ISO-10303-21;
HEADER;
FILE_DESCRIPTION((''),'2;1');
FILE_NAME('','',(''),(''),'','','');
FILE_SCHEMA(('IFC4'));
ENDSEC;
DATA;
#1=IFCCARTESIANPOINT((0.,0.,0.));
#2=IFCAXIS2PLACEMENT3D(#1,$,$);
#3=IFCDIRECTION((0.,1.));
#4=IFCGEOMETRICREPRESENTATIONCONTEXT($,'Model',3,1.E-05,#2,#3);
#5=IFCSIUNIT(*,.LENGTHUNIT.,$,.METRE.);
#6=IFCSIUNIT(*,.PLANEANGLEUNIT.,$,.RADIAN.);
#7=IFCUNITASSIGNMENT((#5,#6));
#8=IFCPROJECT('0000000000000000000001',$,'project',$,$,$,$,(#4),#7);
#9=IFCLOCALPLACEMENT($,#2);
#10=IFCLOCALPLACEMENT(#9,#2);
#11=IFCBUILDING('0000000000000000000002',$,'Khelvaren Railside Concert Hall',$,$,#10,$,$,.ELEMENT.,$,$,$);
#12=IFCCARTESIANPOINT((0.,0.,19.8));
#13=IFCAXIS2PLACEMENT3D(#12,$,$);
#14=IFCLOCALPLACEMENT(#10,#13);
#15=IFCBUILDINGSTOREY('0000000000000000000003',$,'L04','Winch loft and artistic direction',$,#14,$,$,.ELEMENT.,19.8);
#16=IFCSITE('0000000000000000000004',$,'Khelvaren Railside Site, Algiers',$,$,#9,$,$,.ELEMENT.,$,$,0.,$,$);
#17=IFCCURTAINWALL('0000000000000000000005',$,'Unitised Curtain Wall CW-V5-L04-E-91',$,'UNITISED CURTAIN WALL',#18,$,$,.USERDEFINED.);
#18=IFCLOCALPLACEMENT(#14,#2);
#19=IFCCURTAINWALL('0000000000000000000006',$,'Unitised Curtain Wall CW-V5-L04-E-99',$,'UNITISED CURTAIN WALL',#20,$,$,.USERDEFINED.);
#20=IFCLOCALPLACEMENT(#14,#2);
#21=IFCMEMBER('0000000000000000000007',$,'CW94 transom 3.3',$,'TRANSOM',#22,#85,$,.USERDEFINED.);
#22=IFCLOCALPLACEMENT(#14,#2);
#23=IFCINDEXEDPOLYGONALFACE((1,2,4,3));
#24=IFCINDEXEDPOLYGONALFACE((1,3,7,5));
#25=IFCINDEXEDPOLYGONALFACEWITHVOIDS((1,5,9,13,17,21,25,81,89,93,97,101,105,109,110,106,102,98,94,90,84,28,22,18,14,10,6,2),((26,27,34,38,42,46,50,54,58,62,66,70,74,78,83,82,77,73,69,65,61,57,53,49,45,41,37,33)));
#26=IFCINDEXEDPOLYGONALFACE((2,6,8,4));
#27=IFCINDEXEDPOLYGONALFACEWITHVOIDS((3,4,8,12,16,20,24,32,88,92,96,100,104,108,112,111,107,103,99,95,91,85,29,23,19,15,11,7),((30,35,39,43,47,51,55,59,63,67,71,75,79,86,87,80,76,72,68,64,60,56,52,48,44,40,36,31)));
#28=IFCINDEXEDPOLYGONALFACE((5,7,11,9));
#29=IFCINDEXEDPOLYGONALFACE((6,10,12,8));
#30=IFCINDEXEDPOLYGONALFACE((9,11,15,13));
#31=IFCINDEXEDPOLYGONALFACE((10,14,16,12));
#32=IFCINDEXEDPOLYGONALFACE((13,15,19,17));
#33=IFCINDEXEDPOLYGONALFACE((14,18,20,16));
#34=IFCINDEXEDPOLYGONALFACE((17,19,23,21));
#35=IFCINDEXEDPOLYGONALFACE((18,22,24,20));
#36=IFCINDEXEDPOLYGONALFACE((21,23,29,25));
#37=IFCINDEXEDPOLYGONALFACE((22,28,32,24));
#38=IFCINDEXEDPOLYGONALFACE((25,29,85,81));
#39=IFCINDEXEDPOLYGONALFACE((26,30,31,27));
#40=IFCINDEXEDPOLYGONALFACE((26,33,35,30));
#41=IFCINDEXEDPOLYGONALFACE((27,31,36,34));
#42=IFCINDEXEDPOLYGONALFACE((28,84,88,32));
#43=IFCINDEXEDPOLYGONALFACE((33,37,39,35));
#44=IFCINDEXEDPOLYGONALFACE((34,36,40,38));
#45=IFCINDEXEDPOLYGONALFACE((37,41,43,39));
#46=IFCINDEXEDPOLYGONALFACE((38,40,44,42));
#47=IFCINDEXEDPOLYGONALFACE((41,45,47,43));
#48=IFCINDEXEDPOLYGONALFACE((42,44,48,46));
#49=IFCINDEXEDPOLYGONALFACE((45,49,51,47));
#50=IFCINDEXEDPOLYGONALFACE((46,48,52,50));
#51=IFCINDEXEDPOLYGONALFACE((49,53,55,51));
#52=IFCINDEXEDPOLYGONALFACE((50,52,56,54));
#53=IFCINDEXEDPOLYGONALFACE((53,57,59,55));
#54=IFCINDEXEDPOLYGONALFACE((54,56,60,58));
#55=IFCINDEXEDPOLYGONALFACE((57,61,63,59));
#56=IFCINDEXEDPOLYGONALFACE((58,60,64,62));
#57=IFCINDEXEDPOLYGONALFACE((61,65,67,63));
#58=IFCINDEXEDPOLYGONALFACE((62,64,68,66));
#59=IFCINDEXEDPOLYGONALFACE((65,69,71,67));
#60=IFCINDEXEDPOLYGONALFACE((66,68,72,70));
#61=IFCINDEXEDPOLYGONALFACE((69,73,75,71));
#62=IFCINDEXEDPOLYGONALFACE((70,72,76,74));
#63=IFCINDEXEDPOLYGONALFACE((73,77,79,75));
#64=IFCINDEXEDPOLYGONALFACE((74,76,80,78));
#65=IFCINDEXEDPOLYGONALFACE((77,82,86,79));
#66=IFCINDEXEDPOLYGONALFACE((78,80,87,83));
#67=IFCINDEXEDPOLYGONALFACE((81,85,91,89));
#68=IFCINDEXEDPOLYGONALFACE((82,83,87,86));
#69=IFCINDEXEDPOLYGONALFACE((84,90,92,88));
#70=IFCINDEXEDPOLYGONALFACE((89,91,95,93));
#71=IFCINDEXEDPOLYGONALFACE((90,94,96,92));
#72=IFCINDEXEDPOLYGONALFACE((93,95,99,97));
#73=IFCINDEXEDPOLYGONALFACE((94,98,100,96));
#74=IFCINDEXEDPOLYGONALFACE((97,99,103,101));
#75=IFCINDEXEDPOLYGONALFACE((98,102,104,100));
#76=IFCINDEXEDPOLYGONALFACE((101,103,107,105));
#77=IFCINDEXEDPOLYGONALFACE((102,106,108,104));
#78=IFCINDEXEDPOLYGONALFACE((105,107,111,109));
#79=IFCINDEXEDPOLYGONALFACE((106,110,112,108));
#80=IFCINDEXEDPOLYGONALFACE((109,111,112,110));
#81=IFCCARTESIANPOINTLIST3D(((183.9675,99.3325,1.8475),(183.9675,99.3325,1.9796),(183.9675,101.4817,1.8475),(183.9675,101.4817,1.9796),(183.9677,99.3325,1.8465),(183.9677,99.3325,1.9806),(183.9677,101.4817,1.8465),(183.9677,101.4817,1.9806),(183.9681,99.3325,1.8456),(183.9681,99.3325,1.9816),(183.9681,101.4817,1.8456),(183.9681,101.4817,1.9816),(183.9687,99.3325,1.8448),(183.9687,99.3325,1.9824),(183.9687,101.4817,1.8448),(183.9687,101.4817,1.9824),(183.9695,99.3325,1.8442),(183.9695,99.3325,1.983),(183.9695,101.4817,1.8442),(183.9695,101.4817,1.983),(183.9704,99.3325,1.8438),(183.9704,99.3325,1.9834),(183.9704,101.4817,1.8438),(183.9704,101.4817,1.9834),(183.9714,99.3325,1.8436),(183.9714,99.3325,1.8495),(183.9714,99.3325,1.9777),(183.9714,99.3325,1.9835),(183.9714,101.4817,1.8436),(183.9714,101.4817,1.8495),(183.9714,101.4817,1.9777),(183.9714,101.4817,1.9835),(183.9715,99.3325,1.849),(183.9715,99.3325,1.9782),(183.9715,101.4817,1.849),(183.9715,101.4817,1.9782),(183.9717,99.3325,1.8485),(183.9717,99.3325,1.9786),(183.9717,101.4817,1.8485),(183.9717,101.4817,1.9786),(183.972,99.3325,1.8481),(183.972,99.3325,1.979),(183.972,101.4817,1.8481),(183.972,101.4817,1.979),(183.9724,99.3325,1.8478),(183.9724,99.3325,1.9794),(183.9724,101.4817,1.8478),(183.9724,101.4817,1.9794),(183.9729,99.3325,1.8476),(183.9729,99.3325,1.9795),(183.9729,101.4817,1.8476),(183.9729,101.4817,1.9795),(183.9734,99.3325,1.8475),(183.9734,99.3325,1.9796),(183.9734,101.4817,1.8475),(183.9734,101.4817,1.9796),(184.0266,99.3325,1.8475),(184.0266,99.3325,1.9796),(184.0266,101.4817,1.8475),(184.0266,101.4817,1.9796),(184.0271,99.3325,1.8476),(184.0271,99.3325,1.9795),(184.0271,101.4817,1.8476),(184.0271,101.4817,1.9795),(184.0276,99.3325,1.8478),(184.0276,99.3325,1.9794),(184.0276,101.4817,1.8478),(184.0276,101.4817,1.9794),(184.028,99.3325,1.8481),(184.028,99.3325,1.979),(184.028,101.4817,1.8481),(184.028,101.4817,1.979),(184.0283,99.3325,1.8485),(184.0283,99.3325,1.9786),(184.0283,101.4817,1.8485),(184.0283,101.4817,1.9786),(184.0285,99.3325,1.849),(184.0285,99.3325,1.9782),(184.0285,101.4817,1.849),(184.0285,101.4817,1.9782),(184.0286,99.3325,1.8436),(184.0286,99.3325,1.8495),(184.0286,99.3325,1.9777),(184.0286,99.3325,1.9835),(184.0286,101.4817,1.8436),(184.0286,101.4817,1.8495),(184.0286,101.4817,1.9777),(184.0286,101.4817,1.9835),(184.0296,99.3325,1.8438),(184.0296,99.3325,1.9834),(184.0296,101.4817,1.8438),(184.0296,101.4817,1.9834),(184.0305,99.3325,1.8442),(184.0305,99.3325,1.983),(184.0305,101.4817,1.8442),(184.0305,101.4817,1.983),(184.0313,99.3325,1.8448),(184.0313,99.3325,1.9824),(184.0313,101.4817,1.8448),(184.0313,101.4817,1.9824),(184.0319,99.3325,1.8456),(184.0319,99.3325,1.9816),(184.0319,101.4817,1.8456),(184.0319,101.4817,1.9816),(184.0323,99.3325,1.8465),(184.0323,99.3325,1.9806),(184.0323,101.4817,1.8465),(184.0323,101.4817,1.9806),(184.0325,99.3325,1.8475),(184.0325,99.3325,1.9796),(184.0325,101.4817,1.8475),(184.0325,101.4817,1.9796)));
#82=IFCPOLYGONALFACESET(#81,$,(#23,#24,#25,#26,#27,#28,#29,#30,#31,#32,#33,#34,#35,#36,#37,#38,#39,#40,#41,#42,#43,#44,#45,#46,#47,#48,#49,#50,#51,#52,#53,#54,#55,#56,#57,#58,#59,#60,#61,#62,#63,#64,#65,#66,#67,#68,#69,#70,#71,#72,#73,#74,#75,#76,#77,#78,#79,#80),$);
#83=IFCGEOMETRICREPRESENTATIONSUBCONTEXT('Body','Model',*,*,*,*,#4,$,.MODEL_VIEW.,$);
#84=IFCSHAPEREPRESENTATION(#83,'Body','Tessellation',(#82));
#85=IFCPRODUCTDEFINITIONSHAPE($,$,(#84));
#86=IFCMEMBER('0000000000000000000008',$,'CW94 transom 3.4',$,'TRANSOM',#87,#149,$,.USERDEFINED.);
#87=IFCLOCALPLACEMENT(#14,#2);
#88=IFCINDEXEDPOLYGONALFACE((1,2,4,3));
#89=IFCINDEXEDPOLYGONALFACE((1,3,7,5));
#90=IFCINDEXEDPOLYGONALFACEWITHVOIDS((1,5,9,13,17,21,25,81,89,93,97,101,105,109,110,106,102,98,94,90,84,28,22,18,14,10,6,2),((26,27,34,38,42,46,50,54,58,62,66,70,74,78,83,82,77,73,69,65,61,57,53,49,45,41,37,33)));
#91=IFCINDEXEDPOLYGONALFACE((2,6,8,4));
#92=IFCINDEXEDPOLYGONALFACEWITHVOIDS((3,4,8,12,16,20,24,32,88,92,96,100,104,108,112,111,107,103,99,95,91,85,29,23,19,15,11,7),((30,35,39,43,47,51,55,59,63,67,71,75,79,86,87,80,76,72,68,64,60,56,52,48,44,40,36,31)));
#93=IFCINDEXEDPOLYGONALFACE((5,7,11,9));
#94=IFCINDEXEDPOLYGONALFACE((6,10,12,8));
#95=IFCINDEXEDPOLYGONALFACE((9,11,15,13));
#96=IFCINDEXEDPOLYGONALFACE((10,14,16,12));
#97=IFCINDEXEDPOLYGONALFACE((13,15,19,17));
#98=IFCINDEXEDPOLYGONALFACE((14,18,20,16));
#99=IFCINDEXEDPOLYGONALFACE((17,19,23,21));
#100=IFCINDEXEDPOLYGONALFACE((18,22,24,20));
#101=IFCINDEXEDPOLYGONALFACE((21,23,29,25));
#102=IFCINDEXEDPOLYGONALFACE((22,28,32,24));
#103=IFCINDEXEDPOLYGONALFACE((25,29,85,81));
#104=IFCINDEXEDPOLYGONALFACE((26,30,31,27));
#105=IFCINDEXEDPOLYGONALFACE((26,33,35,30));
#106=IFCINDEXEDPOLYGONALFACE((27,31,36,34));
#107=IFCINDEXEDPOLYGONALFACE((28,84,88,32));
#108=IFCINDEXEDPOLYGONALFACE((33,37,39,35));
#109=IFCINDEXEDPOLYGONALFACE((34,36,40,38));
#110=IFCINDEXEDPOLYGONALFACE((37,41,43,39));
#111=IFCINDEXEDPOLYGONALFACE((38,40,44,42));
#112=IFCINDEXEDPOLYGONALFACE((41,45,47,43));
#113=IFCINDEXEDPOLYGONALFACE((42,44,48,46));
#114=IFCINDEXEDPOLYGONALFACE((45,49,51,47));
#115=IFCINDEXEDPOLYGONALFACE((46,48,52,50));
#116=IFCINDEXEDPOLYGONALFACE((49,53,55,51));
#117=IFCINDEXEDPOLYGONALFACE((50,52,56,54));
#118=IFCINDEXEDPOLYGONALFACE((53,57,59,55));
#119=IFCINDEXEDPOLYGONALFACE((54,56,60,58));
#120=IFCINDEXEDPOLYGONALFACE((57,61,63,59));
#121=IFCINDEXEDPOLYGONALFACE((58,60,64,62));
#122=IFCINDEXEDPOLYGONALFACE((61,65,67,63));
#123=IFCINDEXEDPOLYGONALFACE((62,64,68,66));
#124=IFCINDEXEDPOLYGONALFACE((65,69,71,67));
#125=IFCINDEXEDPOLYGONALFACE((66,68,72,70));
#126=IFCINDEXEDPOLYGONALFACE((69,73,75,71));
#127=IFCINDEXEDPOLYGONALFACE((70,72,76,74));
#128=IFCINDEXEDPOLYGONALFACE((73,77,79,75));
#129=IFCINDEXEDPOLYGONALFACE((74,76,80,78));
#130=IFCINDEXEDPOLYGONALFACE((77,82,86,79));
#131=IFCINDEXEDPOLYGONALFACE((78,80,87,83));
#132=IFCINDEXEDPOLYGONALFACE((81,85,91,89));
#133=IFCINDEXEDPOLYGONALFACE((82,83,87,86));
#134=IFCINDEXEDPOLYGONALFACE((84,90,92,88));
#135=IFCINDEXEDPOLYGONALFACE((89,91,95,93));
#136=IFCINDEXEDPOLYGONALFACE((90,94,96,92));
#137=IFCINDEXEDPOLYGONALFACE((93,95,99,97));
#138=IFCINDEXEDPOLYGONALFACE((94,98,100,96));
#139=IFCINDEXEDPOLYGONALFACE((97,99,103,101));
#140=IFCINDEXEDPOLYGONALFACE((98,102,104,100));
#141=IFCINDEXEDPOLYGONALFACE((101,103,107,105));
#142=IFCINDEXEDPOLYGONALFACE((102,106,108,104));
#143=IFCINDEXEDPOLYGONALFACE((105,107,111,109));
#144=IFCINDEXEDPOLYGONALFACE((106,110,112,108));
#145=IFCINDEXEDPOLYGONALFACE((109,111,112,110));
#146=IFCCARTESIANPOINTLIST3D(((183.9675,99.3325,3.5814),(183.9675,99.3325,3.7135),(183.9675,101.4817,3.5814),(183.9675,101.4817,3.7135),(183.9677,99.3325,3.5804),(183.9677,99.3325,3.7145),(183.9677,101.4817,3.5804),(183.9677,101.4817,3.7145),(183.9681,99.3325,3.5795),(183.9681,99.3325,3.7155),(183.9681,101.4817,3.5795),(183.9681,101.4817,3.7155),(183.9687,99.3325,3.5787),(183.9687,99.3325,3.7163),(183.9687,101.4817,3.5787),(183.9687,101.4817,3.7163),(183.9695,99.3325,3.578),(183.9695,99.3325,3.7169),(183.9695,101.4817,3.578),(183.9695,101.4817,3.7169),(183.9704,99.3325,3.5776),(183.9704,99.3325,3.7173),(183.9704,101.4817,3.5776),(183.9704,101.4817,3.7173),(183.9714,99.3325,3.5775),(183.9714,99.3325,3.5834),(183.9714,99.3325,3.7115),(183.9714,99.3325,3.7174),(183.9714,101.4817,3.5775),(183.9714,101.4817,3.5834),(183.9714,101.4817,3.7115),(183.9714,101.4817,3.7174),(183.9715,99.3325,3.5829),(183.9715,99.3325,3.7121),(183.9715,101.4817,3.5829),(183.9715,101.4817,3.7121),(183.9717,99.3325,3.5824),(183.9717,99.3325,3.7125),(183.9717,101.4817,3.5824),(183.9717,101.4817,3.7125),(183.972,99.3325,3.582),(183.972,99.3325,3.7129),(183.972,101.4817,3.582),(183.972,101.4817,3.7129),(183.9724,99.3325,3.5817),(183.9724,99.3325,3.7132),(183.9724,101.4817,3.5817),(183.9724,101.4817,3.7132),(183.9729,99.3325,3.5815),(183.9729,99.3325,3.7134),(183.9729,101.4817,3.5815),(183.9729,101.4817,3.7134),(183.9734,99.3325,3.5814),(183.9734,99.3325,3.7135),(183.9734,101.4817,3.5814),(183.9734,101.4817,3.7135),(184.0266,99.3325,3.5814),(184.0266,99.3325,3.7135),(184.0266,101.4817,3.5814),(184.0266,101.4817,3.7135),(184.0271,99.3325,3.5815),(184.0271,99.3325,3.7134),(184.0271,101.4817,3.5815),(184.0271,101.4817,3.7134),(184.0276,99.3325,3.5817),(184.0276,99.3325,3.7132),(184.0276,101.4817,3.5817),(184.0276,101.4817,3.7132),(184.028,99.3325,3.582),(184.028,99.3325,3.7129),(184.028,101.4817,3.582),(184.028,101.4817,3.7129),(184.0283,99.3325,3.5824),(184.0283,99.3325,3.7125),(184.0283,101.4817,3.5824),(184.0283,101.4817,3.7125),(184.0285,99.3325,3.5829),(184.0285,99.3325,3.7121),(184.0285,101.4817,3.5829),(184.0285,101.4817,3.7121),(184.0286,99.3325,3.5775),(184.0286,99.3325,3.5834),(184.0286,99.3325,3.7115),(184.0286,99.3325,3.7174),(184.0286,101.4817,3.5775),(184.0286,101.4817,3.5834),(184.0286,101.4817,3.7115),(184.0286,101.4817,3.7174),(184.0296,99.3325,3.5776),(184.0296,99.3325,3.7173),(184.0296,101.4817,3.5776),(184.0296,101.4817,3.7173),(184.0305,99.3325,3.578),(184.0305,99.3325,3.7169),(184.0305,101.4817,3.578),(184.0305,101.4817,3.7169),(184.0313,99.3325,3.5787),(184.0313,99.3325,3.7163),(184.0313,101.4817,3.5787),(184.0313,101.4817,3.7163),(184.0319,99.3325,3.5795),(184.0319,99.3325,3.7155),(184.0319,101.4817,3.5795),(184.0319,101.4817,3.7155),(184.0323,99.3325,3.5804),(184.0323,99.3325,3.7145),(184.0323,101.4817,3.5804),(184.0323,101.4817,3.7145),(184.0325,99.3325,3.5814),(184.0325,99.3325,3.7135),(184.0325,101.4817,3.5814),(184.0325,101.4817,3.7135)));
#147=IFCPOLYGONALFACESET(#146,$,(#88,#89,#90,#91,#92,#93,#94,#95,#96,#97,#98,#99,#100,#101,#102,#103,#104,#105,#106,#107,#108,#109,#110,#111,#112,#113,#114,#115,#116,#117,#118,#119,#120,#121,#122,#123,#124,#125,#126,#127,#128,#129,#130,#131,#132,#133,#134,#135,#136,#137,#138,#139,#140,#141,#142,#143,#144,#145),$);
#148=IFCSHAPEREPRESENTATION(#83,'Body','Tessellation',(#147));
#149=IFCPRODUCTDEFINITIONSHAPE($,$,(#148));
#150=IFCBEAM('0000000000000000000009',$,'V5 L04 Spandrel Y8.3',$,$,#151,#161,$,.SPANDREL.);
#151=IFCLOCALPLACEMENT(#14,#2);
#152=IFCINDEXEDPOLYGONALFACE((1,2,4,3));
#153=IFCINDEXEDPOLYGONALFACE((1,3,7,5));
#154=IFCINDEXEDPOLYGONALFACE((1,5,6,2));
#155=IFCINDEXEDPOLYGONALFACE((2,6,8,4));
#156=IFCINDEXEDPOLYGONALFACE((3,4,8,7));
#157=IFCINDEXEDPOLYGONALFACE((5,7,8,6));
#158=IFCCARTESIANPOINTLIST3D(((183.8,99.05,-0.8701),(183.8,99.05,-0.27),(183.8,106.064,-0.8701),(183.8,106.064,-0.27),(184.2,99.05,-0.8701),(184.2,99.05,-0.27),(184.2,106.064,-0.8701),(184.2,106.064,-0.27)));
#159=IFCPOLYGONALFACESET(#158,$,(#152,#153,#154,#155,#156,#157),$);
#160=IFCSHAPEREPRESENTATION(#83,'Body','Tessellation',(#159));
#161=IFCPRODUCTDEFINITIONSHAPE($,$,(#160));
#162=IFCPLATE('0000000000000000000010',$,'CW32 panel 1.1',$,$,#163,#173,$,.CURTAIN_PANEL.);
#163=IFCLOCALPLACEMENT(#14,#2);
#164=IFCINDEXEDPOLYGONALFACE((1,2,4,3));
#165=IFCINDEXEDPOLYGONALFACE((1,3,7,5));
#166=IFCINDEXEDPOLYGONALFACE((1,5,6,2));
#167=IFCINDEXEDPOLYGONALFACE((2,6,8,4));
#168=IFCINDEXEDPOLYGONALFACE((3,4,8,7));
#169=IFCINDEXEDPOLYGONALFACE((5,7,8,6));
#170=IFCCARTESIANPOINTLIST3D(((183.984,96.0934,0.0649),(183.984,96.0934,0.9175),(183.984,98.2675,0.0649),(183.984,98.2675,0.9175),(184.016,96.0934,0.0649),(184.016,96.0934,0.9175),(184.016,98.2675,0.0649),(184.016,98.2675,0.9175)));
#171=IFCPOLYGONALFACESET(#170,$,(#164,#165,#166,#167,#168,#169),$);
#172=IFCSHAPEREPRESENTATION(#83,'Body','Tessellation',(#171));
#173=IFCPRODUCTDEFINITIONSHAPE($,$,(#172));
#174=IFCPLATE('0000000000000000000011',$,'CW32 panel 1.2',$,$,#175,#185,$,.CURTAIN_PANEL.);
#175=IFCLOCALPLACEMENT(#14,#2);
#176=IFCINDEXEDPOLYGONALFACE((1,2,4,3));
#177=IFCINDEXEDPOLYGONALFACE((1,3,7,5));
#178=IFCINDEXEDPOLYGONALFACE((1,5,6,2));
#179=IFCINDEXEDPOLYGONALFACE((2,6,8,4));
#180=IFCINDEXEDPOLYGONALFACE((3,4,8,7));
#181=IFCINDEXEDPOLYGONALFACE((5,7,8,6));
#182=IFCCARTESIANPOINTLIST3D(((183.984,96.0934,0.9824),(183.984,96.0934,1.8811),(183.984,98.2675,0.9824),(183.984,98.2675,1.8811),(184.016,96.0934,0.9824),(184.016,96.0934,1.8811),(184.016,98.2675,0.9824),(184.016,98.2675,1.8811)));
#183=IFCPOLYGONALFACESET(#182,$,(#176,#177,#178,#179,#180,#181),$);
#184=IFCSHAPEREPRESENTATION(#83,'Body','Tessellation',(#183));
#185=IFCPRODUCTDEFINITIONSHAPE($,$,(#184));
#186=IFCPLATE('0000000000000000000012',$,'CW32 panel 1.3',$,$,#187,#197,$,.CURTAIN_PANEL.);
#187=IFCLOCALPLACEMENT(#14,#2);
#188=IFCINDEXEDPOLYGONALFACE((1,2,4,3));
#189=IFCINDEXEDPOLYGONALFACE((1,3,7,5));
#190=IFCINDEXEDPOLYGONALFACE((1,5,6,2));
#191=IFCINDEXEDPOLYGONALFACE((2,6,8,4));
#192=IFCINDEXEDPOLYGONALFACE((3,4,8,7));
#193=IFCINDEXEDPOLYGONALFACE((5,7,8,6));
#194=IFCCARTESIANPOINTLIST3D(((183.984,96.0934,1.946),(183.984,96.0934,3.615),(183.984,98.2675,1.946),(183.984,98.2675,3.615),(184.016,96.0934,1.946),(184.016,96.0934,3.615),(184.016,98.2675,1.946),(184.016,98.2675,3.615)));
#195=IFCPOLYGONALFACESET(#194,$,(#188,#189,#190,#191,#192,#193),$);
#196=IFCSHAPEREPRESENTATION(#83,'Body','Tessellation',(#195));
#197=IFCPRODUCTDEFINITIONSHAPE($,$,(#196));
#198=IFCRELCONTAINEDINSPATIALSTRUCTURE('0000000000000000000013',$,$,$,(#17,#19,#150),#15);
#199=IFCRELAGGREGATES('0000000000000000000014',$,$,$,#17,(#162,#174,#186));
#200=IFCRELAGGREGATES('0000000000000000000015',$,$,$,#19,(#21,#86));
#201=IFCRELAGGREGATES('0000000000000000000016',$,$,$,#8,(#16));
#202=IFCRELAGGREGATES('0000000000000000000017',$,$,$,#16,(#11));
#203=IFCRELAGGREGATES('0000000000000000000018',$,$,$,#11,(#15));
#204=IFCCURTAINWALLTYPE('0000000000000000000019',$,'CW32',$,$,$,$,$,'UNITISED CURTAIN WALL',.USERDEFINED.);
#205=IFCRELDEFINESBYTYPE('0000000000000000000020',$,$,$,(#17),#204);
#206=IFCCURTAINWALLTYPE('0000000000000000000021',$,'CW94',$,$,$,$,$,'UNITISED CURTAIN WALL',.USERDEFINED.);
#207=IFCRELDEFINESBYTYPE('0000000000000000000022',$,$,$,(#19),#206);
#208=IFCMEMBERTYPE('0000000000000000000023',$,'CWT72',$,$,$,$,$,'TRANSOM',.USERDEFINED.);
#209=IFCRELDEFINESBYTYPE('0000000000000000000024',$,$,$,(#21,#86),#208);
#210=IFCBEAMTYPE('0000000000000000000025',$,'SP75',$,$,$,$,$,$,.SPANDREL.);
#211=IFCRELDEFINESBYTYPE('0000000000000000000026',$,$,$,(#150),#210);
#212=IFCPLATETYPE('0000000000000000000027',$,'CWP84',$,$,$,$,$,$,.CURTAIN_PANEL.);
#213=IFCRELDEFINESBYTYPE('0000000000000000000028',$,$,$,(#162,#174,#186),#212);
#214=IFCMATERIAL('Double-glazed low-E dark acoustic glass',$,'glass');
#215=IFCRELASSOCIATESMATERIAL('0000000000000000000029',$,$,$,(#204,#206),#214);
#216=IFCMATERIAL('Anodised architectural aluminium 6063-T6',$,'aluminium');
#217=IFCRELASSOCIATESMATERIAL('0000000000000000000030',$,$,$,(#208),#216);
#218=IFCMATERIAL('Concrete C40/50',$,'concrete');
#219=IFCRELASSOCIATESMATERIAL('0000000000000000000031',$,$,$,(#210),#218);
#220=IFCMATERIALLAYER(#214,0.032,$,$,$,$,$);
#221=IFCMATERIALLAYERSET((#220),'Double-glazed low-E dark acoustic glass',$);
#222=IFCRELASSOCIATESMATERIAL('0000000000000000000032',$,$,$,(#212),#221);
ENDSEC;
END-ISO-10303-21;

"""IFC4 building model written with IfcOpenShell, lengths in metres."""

from ifc_helpers import new_model, si_unit, direction, frame, origin, origin_2d, place, context, subcontext, project, spatial, rectangle, hollow_rectangle, extrude, material, layer, layer_set, material_profile, profile_set, type_object, element, aggregate, save


model = new_model("IFC4")

# Units and contexts
model_context = context("Model", 3, precision=1e-05, world=origin(), true_north=direction((0.0, 1.0)))
body_context = subcontext(model_context, "Body", "Model", "MODEL_VIEW")
ifc_project = project(units=[si_unit("LENGTHUNIT", "METRE"), si_unit("PLANEANGLEUNIT", "RADIAN")], contexts=[model_context])

# Site, building, storey
site_placement = place(None, origin())
site = spatial("IfcSite", under=ifc_project, at=site_placement, Name="Khelvaren Railside Site, Algiers", CompositionType="ELEMENT", RefElevation=0.0)
building_placement = place(site_placement, origin())
building = spatial("IfcBuilding", under=site, at=building_placement, Name="Khelvaren Railside Concert Hall", CompositionType="ELEMENT")
storey_placement = place(building_placement, frame((0.0, 0.0, 19.8)))
storey = spatial("IfcBuildingStorey", under=building, at=storey_placement, Name="L04", Description="Winch loft and artistic direction", CompositionType="ELEMENT", Elevation=19.8)

# Curtain walls
ifc_material_1 = material(Name="Double-glazed low-E dark acoustic glass", Category="glass")
curtain_wall_type_1 = type_object("IfcCurtainWallType", Name="CW32", ElementType="UNITISED CURTAIN WALL", PredefinedType="USERDEFINED", material=ifc_material_1)
curtain_wall_1_placement = place(storey_placement, origin())
curtain_wall_1 = element("IfcCurtainWall", 1, at=curtain_wall_1_placement, inside=storey, type_object=curtain_wall_type_1, Name="Unitised Curtain Wall CW-V5-L04-E-91", ObjectType="UNITISED CURTAIN WALL", PredefinedType="USERDEFINED")
ifc_material_2 = material(Name="Anodised architectural aluminium 6063-T6", Category="aluminium")
curtain_wall_type_2 = type_object("IfcCurtainWallType", Name="CW94", ElementType="UNITISED CURTAIN WALL", PredefinedType="USERDEFINED", material=ifc_material_1)
curtain_wall_2_placement = place(storey_placement, origin())
curtain_wall_2 = element("IfcCurtainWall", 2, at=curtain_wall_2_placement, inside=storey, type_object=curtain_wall_type_2, Name="Unitised Curtain Wall CW-V5-L04-E-99", ObjectType="UNITISED CURTAIN WALL", PredefinedType="USERDEFINED")

# Members
ifc_material_profile_1 = material_profile(ifc_material_2, hollow_rectangle(XDim=0.0649, YDim=0.1399, WallThickness=0.0039, InnerFilletRadius=0.002, OuterFilletRadius=0.0039, at=origin_2d()), Name="CWT 65x140x4")
ifc_profile_set_1 = profile_set([ifc_material_profile_1], Name="Anodised architectural aluminium 6063-T6")
member_type_1 = type_object("IfcMemberType", Name="CWT72", ElementType="TRANSOM", PredefinedType="USERDEFINED", material=ifc_profile_set_1)
member_1_placement = place(storey_placement, frame((184.0, 101.4817, 1.9136), z_axis=(0.0, -1.0, 0.0), x_axis=(1.0, 0.0, 0.0)))
member_1 = element("IfcMember", 3, at=member_1_placement, type_object=member_type_1, Name="CW94 transom 3.3", ObjectType="TRANSOM", PredefinedType="USERDEFINED", context=body_context, shape_type="SweptSolid", body=[
    extrude(hollow_rectangle(XDim=0.0649, YDim=0.1399, WallThickness=0.0039, InnerFilletRadius=0.002, OuterFilletRadius=0.0039, at=origin_2d()), origin(), (0.0, 0.0, 1.0), 2.1492),
])
member_2_placement = place(storey_placement, frame((184.0, 101.4817, 3.6475), z_axis=(0.0, -1.0, 0.0), x_axis=(1.0, 0.0, 0.0)))
member_2 = element("IfcMember", 4, at=member_2_placement, type_object=member_type_1, Name="CW94 transom 3.4", ObjectType="TRANSOM", PredefinedType="USERDEFINED", context=body_context, shape_type="SweptSolid", body=[
    extrude(hollow_rectangle(XDim=0.0649, YDim=0.1399, WallThickness=0.0039, InnerFilletRadius=0.002, OuterFilletRadius=0.0039, at=origin_2d()), origin(), (0.0, 0.0, 1.0), 2.1492),
])

# Beam
ifc_material_3 = material(Name="Concrete C40/50", Category="concrete")
ifc_material_profile_2 = material_profile(ifc_material_3, rectangle(XDim=0.3999, YDim=0.6001, at=origin_2d()), Name="RCB 400x600")
ifc_profile_set_2 = profile_set([ifc_material_profile_2], Name="Concrete C40/50")
beam_type = type_object("IfcBeamType", Name="SP75", PredefinedType="SPANDREL", material=ifc_profile_set_2)
beam_placement = place(storey_placement, frame((184.0, 99.05, -0.5701), z_axis=(0.0, 1.0, 0.0), x_axis=(-1.0, 0.0, 0.0)))
element("IfcBeam", 5, at=beam_placement, inside=storey, type_object=beam_type, Name="V5 L04 Spandrel Y8.3", PredefinedType="SPANDREL", context=body_context, shape_type="SweptSolid", body=[
    extrude(rectangle(XDim=0.3999, YDim=0.6001, at=origin_2d()), origin(), (0.0, 0.0, 1.0), 7.0139),
])

# Plates
ifc_layer = layer(ifc_material_1, 0.032)
ifc_layer_set = layer_set([ifc_layer], Name="Double-glazed low-E dark acoustic glass")
plate_type = type_object("IfcPlateType", Name="CWP84", PredefinedType="CURTAIN_PANEL", material=ifc_layer_set)
plate_1_placement = place(storey_placement, frame((184.0, 97.1804, 0.0649), z_axis=(0.0, 0.0, 1.0), x_axis=(0.0, -1.0, 0.0)))
plate_1 = element("IfcPlate", 6, at=plate_1_placement, type_object=plate_type, Name="CW32 panel 1.1", PredefinedType="CURTAIN_PANEL", context=body_context, shape_type="SweptSolid", body=[
    extrude(rectangle(XDim=2.1741, YDim=0.032, at=origin_2d()), origin(), (0.0, 0.0, 1.0), 0.8525),
])
plate_2_placement = place(storey_placement, frame((184.0, 97.1804, 0.9824), z_axis=(0.0, 0.0, 1.0), x_axis=(0.0, -1.0, 0.0)))
plate_2 = element("IfcPlate", 7, at=plate_2_placement, type_object=plate_type, Name="CW32 panel 1.2", PredefinedType="CURTAIN_PANEL", context=body_context, shape_type="SweptSolid", body=[
    extrude(rectangle(XDim=2.1741, YDim=0.032, at=origin_2d()), origin(), (0.0, 0.0, 1.0), 0.8987),
])
plate_3_placement = place(storey_placement, frame((184.0, 97.1804, 1.946), z_axis=(0.0, 0.0, 1.0), x_axis=(0.0, -1.0, 0.0)))
plate_3 = element("IfcPlate", 8, at=plate_3_placement, type_object=plate_type, Name="CW32 panel 1.3", PredefinedType="CURTAIN_PANEL", context=body_context, shape_type="SweptSolid", body=[
    extrude(rectangle(XDim=2.1741, YDim=0.032, at=origin_2d()), origin(), (0.0, 0.0, 1.0), 1.6689),
])
aggregate(curtain_wall_1, [plate_1, plate_2, plate_3])
aggregate(curtain_wall_2, [member_1, member_2])

save(model, "model.ifc")
